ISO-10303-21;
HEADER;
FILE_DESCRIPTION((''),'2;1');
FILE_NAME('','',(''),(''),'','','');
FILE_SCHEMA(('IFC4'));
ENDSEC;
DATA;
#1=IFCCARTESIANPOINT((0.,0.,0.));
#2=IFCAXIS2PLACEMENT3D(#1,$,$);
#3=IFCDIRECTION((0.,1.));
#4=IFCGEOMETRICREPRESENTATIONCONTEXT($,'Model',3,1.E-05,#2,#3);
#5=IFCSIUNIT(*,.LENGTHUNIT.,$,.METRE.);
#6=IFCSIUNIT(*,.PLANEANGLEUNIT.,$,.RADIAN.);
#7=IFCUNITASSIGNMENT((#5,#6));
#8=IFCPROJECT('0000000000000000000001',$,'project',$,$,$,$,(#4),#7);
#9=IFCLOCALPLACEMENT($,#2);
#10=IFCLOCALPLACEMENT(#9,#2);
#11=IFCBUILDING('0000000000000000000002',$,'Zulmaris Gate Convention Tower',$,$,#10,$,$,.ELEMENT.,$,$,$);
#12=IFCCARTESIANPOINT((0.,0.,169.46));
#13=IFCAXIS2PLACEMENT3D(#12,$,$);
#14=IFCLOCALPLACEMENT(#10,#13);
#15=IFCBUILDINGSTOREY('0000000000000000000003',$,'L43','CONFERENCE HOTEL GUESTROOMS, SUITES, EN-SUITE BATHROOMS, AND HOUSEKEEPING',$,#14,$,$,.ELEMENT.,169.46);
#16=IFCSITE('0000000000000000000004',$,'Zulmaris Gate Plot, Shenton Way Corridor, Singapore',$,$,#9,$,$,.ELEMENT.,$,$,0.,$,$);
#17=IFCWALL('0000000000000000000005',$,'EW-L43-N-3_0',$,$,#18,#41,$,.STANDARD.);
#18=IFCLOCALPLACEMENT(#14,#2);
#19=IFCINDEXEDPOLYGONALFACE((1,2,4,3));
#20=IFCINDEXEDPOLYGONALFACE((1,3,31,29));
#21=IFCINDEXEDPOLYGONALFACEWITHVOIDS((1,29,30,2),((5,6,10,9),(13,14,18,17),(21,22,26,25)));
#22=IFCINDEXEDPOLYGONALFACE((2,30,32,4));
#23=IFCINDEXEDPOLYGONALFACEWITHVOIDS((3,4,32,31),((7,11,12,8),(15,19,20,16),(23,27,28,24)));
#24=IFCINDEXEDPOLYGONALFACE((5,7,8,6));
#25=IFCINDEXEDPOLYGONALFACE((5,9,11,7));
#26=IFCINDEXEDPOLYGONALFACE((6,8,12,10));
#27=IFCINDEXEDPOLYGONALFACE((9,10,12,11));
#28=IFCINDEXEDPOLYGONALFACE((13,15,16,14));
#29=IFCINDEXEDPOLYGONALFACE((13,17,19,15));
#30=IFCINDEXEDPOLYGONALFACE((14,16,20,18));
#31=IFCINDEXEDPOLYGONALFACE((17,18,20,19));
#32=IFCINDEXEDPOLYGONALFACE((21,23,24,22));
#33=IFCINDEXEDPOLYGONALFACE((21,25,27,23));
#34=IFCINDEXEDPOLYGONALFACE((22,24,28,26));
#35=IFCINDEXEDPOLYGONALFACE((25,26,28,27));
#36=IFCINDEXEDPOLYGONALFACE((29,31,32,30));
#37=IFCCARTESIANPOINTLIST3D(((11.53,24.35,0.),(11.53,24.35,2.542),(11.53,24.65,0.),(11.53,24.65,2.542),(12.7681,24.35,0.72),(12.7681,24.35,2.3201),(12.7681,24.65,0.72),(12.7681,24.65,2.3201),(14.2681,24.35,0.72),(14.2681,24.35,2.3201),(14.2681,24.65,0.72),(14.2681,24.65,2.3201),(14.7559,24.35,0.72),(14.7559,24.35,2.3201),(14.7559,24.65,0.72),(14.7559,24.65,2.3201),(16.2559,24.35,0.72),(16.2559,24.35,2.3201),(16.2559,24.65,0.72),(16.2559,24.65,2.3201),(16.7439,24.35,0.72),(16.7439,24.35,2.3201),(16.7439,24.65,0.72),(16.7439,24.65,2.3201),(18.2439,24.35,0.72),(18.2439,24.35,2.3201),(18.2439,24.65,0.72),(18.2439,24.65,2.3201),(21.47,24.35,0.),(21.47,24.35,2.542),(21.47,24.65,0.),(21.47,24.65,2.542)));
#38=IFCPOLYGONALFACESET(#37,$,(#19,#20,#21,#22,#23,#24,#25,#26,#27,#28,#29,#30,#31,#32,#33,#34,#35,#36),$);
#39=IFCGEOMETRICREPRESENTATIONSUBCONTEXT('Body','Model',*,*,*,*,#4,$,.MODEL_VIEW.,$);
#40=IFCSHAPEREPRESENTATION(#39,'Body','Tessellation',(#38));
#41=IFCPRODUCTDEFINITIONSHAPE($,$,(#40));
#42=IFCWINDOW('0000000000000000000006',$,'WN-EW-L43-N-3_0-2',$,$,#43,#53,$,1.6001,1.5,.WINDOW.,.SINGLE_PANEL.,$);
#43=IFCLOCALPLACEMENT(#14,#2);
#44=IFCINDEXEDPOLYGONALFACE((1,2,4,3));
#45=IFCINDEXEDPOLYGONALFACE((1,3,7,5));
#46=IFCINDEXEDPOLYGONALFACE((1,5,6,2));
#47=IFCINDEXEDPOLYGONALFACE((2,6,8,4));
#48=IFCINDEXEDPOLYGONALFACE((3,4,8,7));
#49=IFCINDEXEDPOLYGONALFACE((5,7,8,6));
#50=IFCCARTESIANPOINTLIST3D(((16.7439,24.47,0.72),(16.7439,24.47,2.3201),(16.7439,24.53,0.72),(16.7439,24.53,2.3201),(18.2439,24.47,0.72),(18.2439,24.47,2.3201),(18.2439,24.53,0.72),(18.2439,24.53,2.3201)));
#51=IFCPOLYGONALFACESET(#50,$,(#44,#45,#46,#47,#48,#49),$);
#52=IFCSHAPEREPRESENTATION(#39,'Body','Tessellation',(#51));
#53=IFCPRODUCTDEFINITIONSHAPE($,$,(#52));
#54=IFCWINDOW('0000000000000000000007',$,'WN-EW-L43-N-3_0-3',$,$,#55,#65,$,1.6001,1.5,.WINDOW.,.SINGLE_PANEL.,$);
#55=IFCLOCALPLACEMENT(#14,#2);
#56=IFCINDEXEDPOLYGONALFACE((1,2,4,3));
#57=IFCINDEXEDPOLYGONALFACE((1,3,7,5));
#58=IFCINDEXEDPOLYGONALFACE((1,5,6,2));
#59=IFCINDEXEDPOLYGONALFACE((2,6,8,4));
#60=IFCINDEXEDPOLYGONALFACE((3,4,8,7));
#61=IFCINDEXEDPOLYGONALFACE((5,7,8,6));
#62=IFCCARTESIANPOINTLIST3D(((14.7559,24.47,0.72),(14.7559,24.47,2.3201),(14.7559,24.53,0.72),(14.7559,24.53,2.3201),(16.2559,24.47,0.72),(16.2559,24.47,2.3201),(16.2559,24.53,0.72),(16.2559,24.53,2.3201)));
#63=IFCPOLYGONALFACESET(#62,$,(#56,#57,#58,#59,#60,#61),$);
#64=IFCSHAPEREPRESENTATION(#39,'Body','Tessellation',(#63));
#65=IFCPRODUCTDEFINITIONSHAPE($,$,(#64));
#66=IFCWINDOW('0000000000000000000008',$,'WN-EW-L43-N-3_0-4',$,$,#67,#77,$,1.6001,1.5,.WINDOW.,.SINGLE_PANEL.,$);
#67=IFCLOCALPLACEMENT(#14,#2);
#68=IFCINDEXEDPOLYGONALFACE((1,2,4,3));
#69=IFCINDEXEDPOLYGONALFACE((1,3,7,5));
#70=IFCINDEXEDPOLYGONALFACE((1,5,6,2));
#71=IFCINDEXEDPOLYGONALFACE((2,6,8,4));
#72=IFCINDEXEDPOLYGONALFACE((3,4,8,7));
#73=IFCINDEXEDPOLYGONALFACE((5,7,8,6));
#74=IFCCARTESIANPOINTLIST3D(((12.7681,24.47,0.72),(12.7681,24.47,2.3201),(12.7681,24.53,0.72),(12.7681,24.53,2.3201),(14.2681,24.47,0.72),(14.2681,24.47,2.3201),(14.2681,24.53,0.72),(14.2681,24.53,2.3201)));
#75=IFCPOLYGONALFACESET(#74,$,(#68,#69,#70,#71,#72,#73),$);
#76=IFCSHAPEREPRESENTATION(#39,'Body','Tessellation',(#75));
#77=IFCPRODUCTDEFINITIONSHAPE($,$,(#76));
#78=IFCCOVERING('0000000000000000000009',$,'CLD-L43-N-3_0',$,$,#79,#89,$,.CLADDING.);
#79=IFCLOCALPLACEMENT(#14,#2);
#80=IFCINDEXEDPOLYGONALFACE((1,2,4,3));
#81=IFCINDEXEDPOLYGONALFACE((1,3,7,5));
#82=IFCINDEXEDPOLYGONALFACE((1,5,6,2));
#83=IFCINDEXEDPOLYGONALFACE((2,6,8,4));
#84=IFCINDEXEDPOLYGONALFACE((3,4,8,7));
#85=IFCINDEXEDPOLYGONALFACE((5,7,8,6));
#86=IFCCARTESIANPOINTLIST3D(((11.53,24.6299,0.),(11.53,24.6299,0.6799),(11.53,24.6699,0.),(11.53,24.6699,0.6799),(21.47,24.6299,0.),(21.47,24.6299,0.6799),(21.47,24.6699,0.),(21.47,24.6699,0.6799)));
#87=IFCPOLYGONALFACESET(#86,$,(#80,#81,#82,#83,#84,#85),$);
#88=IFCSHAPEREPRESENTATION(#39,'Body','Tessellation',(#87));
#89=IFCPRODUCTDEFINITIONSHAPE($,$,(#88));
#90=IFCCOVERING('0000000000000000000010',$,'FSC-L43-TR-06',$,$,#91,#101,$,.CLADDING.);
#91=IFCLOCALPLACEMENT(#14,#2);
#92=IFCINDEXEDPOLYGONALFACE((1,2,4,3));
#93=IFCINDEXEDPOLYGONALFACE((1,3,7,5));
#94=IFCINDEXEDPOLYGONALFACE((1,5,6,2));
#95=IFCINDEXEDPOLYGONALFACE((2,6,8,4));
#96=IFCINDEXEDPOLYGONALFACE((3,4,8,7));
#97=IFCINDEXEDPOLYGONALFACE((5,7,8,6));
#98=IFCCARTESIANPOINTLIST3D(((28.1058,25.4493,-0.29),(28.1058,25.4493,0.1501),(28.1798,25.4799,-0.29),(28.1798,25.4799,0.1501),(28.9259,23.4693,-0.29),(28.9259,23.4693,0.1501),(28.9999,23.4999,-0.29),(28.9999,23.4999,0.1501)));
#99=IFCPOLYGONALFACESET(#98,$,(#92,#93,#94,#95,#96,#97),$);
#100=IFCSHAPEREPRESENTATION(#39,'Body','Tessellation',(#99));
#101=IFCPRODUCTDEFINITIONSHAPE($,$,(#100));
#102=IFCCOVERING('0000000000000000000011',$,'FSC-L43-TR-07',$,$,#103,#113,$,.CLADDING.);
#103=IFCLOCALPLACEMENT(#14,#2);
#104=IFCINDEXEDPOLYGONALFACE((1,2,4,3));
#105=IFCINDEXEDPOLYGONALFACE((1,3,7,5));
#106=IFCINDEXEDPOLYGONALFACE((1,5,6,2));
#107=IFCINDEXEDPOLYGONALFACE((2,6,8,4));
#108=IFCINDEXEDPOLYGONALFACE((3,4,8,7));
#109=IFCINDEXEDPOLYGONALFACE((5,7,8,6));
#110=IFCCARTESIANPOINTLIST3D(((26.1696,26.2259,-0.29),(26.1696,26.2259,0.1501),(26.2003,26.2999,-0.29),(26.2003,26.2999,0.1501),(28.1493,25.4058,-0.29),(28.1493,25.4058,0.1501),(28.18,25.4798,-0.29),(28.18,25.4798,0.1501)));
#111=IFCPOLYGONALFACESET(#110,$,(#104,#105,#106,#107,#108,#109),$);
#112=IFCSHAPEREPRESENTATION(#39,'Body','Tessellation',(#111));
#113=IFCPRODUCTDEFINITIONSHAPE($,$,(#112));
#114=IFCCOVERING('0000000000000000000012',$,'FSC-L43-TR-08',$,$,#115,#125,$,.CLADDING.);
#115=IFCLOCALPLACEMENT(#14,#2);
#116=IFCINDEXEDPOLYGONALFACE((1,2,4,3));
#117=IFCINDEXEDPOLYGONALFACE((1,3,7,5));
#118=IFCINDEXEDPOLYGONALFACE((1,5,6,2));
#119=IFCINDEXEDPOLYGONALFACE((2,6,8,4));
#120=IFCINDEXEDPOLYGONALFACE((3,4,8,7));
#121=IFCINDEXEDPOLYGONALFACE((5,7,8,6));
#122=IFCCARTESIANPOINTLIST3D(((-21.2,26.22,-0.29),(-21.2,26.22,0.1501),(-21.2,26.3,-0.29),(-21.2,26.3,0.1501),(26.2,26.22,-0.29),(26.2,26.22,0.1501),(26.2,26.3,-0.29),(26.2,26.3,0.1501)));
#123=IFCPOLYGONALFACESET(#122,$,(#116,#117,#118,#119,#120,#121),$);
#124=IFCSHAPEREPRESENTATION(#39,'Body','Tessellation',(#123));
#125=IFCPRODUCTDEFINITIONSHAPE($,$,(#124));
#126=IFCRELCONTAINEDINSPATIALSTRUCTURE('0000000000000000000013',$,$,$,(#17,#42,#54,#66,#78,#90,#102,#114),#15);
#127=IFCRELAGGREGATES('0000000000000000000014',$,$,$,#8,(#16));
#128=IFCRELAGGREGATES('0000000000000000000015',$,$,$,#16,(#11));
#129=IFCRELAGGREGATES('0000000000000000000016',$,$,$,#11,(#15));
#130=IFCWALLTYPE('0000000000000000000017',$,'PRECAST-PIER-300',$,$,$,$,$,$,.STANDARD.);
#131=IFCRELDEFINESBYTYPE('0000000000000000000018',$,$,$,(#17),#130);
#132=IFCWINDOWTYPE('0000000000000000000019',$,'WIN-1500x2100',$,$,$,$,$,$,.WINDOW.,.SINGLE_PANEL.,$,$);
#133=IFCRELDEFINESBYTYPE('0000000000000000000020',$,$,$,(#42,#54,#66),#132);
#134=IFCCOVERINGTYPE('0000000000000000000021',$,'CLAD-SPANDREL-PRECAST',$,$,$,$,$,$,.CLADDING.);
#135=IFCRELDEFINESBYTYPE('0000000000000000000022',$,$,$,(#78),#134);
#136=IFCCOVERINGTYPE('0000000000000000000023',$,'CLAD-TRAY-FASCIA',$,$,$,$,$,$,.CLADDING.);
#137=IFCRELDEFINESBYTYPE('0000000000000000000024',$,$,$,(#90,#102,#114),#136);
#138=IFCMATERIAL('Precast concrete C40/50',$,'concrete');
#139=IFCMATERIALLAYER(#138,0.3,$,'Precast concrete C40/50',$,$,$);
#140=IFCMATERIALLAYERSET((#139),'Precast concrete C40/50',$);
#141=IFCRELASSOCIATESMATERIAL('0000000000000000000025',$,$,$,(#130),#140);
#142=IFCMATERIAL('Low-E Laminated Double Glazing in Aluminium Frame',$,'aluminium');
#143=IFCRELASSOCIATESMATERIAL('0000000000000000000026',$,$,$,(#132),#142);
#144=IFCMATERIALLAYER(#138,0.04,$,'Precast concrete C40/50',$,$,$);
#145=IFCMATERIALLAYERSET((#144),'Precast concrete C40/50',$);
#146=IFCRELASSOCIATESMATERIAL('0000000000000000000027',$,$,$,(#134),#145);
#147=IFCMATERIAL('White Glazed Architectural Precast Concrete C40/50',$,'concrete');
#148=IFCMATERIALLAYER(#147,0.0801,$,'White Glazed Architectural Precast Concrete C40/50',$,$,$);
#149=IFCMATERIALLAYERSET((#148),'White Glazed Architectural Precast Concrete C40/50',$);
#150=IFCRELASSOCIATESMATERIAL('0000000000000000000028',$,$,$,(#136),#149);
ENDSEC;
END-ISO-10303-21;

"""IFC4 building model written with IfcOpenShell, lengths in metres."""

from ifc_helpers import new_model, si_unit, direction, frame, frame_2d, origin, place, context, subcontext, project, spatial, rectangle, extrude, material, layer, layer_set, type_object, element, fill, save


model = new_model("IFC4")

# Units and contexts
model_context = context("Model", 3, precision=1e-05, world=origin(), true_north=direction((0.0, 1.0)))
body_context = subcontext(model_context, "Body", "Model", "MODEL_VIEW")
ifc_project = project(units=[si_unit("LENGTHUNIT", "METRE"), si_unit("PLANEANGLEUNIT", "RADIAN")], contexts=[model_context])

# Site, building, storey
site_placement = place(None, origin())
site = spatial("IfcSite", under=ifc_project, at=site_placement, Name="Zulmaris Gate Plot, Shenton Way Corridor, Singapore", CompositionType="ELEMENT", RefElevation=0.0)
building_placement = place(site_placement, origin())
building = spatial("IfcBuilding", under=site, at=building_placement, Name="Zulmaris Gate Convention Tower", CompositionType="ELEMENT")
storey_placement = place(building_placement, frame((0.0, 0.0, 169.46)))
storey = spatial("IfcBuildingStorey", under=building, at=storey_placement, Name="L43", Description="CONFERENCE HOTEL GUESTROOMS, SUITES, EN-SUITE BATHROOMS, AND HOUSEKEEPING", CompositionType="ELEMENT", Elevation=169.46)

# Shared definitions
ifc_material_1 = material(Name="Precast concrete C40/50", Category="concrete")
ifc_layer_1 = layer(ifc_material_1, 0.3, Name="Precast concrete C40/50")
ifc_layer_set_1 = layer_set([ifc_layer_1], Name="Precast concrete C40/50")
wall_type_1 = type_object("IfcWallType", Name="PRECAST-PIER-300", PredefinedType="STANDARD", material=ifc_layer_set_1)
ifc_material_2 = material(Name="Low-E Laminated Double Glazing in Aluminium Frame", Category="aluminium")

# Wall, openings, windows
wall_1_placement = place(storey_placement, frame((21.47, 24.5, 0.0), z_axis=(0.0, 0.0, 1.0), x_axis=(-1.0, 0.0, 0.0)))
wall_1 = element("IfcWall", 1, at=wall_1_placement, inside=storey, type_object=wall_type_1, Name="EW-L43-N-3_0", PredefinedType="STANDARD", context=body_context, shape_type="SweptSolid", body=[
    extrude(rectangle(XDim=9.9399, YDim=0.3, at=frame_2d((4.97, 0.0))), origin(), (0.0, 0.0, 1.0), 2.542),
])
opening_1_placement = place(wall_1_placement, frame((3.2261, 0.0, 0.72)))
opening_1 = element("IfcOpeningElement", 2, at=opening_1_placement, cuts=wall_1, PredefinedType="OPENING", context=body_context, shape_type="SweptSolid", body=[
    extrude(rectangle(XDim=1.5, YDim=1.6001, at=frame_2d((0.75, 0.8))), frame((0.0, 0.1602, 0.0), z_axis=(0.0, -1.0, 0.0), x_axis=(1.0, 0.0, 0.0)), (0.0, 0.0, 1.0), 0.3201),
])
opening_2_placement = place(wall_1_placement, frame((5.2141, 0.0, 0.72)))
opening_2 = element("IfcOpeningElement", 3, at=opening_2_placement, cuts=wall_1, PredefinedType="OPENING", context=body_context, shape_type="SweptSolid", body=[
    extrude(rectangle(XDim=1.5, YDim=1.6001, at=frame_2d((0.75, 0.8))), frame((0.0, 0.1602, 0.0), z_axis=(0.0, -1.0, 0.0), x_axis=(1.0, 0.0, 0.0)), (0.0, 0.0, 1.0), 0.3201),
])
opening_3_placement = place(wall_1_placement, frame((7.2019, 0.0, 0.72)))
opening_3 = element("IfcOpeningElement", 4, at=opening_3_placement, cuts=wall_1, PredefinedType="OPENING", context=body_context, shape_type="SweptSolid", body=[
    extrude(rectangle(XDim=1.5, YDim=1.6001, at=frame_2d((0.75, 0.8))), frame((0.0, 0.1602, 0.0), z_axis=(0.0, -1.0, 0.0), x_axis=(1.0, 0.0, 0.0)), (0.0, 0.0, 1.0), 0.3201),
])
window_type_1 = type_object("IfcWindowType", Name="WIN-1500x2100", PartitioningType="SINGLE_PANEL", PredefinedType="WINDOW", material=ifc_material_2)
window_1_placement = place(opening_1_placement, origin())
window_1 = element("IfcWindow", 5, at=window_1_placement, inside=storey, type_object=window_type_1, Name="WN-EW-L43-N-3_0-2", OverallHeight=1.6001, OverallWidth=1.5, PartitioningType="SINGLE_PANEL", PredefinedType="WINDOW", context=body_context, shape_type="SweptSolid", body=[
    extrude(rectangle(XDim=1.5, YDim=1.6001, at=frame_2d((0.75, 0.8))), frame((0.0, 0.03, 0.0), z_axis=(0.0, -1.0, 0.0), x_axis=(1.0, 0.0, 0.0)), (0.0, 0.0, 1.0), 0.0601),
])
fill(opening_1, window_1)
window_2_placement = place(opening_2_placement, origin())
window_2 = element("IfcWindow", 6, at=window_2_placement, inside=storey, type_object=window_type_1, Name="WN-EW-L43-N-3_0-3", OverallHeight=1.6001, OverallWidth=1.5, PartitioningType="SINGLE_PANEL", PredefinedType="WINDOW", context=body_context, shape_type="SweptSolid", body=[
    extrude(rectangle(XDim=1.5, YDim=1.6001, at=frame_2d((0.75, 0.8))), frame((0.0, 0.03, 0.0), z_axis=(0.0, -1.0, 0.0), x_axis=(1.0, 0.0, 0.0)), (0.0, 0.0, 1.0), 0.0601),
])
fill(opening_2, window_2)
window_3_placement = place(opening_3_placement, origin())
window_3 = element("IfcWindow", 7, at=window_3_placement, inside=storey, type_object=window_type_1, Name="WN-EW-L43-N-3_0-4", OverallHeight=1.6001, OverallWidth=1.5, PartitioningType="SINGLE_PANEL", PredefinedType="WINDOW", context=body_context, shape_type="SweptSolid", body=[
    extrude(rectangle(XDim=1.5, YDim=1.6001, at=frame_2d((0.75, 0.8))), frame((0.0, 0.03, 0.0), z_axis=(0.0, -1.0, 0.0), x_axis=(1.0, 0.0, 0.0)), (0.0, 0.0, 1.0), 0.0601),
])
fill(opening_3, window_3)

# Coverings
ifc_layer_2 = layer(ifc_material_1, 0.04, Name="Precast concrete C40/50")
ifc_layer_set_2 = layer_set([ifc_layer_2], Name="Precast concrete C40/50")
covering_type_1 = type_object("IfcCoveringType", Name="CLAD-SPANDREL-PRECAST", PredefinedType="CLADDING", material=ifc_layer_set_2)
covering_1_placement = place(storey_placement, frame((21.47, 24.6499, 0.0), z_axis=(0.0, 0.0, 1.0), x_axis=(-1.0, 0.0, 0.0)))
element("IfcCovering", 8, at=covering_1_placement, inside=storey, type_object=covering_type_1, Name="CLD-L43-N-3_0", PredefinedType="CLADDING", context=body_context, shape_type="SweptSolid", body=[
    extrude(rectangle(XDim=9.9399, YDim=0.04, at=frame_2d((4.97, 0.0))), origin(), (0.0, 0.0, 1.0), 0.6799),
])
ifc_material_3 = material(Name="White Glazed Architectural Precast Concrete C40/50", Category="concrete")
ifc_layer_3 = layer(ifc_material_3, 0.0801, Name="White Glazed Architectural Precast Concrete C40/50")
ifc_layer_set_3 = layer_set([ifc_layer_3], Name="White Glazed Architectural Precast Concrete C40/50")
covering_type_2 = type_object("IfcCoveringType", Name="CLAD-TRAY-FASCIA", PredefinedType="CLADDING", material=ifc_layer_set_3)
covering_2_placement = place(storey_placement, frame((28.9629, 23.4846, -0.29), z_axis=(0.0, 0.0, 1.0), x_axis=(-0.382657, 0.92389, 0.0)))
element("IfcCovering", 9, at=covering_2_placement, inside=storey, type_object=covering_type_2, Name="FSC-L43-TR-06", PredefinedType="CLADDING", context=body_context, shape_type="SweptSolid", body=[
    extrude(rectangle(XDim=2.1431, YDim=0.0801, at=frame_2d((1.0715, 0.0))), origin(), (0.0, 0.0, 1.0), 0.4402),
])
covering_3_placement = place(storey_placement, frame((28.1646, 25.4429, -0.29), z_axis=(0.0, 0.0, 1.0), x_axis=(-0.923874, 0.382697, 0.0)))
element("IfcCovering", 10, at=covering_3_placement, inside=storey, type_object=covering_type_2, Name="FSC-L43-TR-07", PredefinedType="CLADDING", context=body_context, shape_type="SweptSolid", body=[
    extrude(rectangle(XDim=2.1428, YDim=0.0801, at=frame_2d((1.0713, 0.0))), origin(), (0.0, 0.0, 1.0), 0.4402),
])
covering_4_placement = place(storey_placement, frame((26.2, 26.26, -0.29), z_axis=(0.0, 0.0, 1.0), x_axis=(-1.0, 0.0, 0.0)))
element("IfcCovering", 11, at=covering_4_placement, inside=storey, type_object=covering_type_2, Name="FSC-L43-TR-08", PredefinedType="CLADDING", context=body_context, shape_type="SweptSolid", body=[
    extrude(rectangle(XDim=47.3999, YDim=0.0801, at=frame_2d((23.7, 0.0))), origin(), (0.0, 0.0, 1.0), 0.4402),
])

save(model, "model.ifc")
